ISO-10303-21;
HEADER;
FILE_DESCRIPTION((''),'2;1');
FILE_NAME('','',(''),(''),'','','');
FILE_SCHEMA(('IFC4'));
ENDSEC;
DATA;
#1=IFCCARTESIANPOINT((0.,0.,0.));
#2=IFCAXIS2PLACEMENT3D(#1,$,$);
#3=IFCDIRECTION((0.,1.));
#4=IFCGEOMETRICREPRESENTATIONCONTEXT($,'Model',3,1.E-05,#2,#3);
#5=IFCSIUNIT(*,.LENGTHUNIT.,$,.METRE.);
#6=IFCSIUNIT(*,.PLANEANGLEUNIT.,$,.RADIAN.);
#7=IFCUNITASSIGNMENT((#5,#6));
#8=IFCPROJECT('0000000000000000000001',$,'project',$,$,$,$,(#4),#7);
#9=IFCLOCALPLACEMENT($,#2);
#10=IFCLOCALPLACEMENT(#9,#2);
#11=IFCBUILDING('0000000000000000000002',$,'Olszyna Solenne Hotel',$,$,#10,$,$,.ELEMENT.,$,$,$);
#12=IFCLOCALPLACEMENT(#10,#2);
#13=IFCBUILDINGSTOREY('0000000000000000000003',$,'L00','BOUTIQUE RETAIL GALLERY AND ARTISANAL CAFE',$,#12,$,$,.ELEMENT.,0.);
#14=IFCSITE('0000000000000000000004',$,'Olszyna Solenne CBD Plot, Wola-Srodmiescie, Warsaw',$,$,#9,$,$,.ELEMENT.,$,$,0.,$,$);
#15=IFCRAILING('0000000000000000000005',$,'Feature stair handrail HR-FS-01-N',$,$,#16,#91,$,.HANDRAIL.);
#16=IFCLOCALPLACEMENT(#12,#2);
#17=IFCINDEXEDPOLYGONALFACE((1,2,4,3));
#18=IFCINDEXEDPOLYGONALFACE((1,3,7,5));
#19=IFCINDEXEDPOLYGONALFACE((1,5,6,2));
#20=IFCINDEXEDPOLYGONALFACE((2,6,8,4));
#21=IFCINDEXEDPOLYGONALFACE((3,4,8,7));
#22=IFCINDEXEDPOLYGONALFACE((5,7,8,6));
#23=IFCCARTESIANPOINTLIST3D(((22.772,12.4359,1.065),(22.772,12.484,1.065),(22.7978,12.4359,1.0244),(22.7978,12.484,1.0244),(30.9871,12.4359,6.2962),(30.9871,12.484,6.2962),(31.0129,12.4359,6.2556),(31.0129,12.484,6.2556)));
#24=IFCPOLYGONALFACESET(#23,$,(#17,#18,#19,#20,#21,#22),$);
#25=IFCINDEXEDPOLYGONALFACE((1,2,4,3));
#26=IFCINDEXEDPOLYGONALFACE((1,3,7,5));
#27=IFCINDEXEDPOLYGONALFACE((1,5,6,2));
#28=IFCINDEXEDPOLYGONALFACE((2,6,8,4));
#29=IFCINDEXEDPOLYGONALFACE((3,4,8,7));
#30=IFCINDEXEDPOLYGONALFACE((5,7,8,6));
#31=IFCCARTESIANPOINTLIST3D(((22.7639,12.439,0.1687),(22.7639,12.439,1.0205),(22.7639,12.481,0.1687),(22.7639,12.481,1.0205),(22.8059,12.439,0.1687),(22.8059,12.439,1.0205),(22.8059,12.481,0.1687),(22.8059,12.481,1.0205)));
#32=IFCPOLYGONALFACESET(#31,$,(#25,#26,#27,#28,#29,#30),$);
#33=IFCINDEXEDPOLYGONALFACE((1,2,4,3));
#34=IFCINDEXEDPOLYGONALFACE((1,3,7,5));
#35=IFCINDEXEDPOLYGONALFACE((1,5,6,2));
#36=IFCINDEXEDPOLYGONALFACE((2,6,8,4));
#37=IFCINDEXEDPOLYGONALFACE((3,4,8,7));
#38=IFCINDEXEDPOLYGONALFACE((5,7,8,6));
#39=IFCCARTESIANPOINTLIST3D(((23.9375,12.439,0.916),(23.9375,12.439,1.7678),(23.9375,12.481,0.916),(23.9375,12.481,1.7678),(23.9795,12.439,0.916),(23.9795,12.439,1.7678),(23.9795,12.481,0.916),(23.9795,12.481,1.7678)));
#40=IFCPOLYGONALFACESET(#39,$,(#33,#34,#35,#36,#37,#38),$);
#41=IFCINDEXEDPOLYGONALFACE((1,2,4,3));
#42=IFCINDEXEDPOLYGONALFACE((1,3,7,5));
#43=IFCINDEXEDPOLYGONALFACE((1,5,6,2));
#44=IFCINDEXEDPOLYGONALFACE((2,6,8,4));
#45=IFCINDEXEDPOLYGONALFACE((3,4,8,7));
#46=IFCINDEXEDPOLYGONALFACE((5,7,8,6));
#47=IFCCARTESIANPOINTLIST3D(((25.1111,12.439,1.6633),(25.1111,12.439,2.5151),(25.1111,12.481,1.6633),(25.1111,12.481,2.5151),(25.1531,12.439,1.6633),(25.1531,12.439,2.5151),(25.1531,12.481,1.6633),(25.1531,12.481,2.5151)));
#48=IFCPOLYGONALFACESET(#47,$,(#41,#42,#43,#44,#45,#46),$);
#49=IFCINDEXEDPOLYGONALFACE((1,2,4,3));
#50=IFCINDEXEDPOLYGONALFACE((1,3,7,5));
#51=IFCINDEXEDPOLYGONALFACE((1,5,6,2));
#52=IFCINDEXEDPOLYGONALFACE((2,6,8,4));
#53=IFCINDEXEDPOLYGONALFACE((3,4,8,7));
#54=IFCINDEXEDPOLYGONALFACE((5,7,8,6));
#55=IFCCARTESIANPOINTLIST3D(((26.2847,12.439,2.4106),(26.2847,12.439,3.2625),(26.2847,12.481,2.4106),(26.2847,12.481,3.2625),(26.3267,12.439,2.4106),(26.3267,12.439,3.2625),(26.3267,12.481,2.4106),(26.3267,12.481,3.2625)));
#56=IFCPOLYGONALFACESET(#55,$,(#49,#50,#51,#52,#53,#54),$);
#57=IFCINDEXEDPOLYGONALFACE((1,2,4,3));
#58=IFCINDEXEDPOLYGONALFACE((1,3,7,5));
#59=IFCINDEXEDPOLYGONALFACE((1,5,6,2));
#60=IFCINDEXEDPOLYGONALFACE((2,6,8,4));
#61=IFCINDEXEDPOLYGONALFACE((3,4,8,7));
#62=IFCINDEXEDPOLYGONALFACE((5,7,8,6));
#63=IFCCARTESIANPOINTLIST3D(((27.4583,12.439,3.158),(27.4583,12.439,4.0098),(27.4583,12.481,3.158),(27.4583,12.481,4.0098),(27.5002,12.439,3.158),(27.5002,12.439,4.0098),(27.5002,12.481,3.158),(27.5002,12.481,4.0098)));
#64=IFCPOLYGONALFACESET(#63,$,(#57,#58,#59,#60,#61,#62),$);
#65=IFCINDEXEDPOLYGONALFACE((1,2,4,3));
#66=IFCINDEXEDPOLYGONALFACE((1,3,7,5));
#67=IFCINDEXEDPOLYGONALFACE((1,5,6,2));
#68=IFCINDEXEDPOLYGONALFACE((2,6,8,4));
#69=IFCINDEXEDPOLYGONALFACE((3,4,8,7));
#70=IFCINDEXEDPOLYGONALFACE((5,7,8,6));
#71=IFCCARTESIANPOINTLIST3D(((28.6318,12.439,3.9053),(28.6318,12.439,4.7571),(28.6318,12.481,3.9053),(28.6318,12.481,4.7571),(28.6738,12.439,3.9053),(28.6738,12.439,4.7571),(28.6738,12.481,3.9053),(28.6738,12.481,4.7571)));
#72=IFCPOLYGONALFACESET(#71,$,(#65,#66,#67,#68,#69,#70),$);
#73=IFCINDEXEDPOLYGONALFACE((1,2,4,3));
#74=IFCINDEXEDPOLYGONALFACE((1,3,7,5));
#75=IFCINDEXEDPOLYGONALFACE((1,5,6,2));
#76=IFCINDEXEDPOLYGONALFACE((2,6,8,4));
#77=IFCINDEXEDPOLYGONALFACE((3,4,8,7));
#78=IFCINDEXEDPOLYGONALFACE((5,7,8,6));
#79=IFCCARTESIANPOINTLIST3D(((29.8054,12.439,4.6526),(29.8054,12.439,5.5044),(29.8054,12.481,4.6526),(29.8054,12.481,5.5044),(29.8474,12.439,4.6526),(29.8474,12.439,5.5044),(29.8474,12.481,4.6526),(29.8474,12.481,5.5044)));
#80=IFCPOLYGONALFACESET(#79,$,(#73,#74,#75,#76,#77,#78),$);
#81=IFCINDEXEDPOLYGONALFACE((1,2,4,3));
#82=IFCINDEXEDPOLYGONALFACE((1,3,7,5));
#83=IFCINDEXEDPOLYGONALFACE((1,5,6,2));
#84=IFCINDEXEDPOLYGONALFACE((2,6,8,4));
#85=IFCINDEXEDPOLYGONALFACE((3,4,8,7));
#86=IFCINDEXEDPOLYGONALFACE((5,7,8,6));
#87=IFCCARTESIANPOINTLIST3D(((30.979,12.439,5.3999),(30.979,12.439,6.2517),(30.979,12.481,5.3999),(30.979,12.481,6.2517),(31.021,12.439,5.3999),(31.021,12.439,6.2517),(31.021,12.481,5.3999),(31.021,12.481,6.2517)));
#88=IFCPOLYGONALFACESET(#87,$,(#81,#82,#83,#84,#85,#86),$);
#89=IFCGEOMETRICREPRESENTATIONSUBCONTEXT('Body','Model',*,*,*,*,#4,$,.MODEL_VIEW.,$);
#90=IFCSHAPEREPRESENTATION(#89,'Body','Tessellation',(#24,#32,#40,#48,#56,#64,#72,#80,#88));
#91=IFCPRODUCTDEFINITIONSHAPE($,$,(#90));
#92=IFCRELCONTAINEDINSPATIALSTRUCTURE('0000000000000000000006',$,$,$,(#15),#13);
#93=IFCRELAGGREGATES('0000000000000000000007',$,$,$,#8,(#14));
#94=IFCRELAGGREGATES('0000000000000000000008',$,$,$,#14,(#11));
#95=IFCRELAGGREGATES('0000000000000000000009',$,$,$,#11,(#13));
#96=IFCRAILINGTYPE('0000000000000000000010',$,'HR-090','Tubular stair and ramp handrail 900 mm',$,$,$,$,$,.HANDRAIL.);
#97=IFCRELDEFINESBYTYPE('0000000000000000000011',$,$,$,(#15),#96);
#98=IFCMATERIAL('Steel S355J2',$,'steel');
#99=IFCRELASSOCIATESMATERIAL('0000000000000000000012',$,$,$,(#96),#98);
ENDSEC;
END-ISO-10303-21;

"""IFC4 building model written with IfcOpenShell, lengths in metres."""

from ifc_helpers import new_model, si_unit, direction, frame, origin, origin_2d, place, context, subcontext, project, spatial, rectangle, extrude, material, type_object, element, save


model = new_model("IFC4")

# Units and contexts
model_context = context("Model", 3, precision=1e-05, world=origin(), true_north=direction((0.0, 1.0)))
body_context = subcontext(model_context, "Body", "Model", "MODEL_VIEW")
ifc_project = project(units=[si_unit("LENGTHUNIT", "METRE"), si_unit("PLANEANGLEUNIT", "RADIAN")], contexts=[model_context])

# Site, building, storey
site_placement = place(None, origin())
site = spatial("IfcSite", under=ifc_project, at=site_placement, Name="Olszyna Solenne CBD Plot, Wola-Srodmiescie, Warsaw", CompositionType="ELEMENT", RefElevation=0.0)
building_placement = place(site_placement, origin())
building = spatial("IfcBuilding", under=site, at=building_placement, Name="Olszyna Solenne Hotel", CompositionType="ELEMENT")
storey_placement = place(building_placement, origin())
storey = spatial("IfcBuildingStorey", under=building, at=storey_placement, Name="L00", Description="BOUTIQUE RETAIL GALLERY AND ARTISANAL CAFE", CompositionType="ELEMENT", Elevation=0.0)

# Shared definitions
ifc_material_1 = material(Name="Steel S355J2", Category="steel")

# Railing
railing_type = type_object("IfcRailingType", Name="HR-090", Description="Tubular stair and ramp handrail 900 mm", PredefinedType="HANDRAIL", material=ifc_material_1)
for number, where, name in (
    (1, (22.7849, 12.46, 0.1687), "Feature stair handrail HR-FS-01-N"),
):
    element("IfcRailing", number, at=place(storey_placement, frame(where)), inside=storey, type_object=railing_type, Name=name, PredefinedType="HANDRAIL", context=body_context, shape_type="SweptSolid", body=[
        extrude(rectangle(XDim=0.0481, YDim=0.0481, at=origin_2d()), frame((0.0, 0.0, 0.876), z_axis=(0.843502, 0.0, 0.537125), x_axis=(0.0, 1.0, 0.0)), (0.0, 0.0, 1.0), 9.7393),
        extrude(rectangle(XDim=0.042, YDim=0.042, at=origin_2d()), origin(), (0.0, 0.0, 1.0), 0.8518),
        extrude(rectangle(XDim=0.042, YDim=0.042, at=origin_2d()), frame((1.1736, 0.0, 0.7473)), (0.0, 0.0, 1.0), 0.8518),
        extrude(rectangle(XDim=0.042, YDim=0.042, at=origin_2d()), frame((2.3472, 0.0, 1.4946)), (0.0, 0.0, 1.0), 0.8518),
        extrude(rectangle(XDim=0.042, YDim=0.042, at=origin_2d()), frame((3.5208, 0.0, 2.2419)), (0.0, 0.0, 1.0), 0.8518),
        extrude(rectangle(XDim=0.042, YDim=0.042, at=origin_2d()), frame((4.6943, 0.0, 2.9893)), (0.0, 0.0, 1.0), 0.8518),
        extrude(rectangle(XDim=0.042, YDim=0.042, at=origin_2d()), frame((5.8679, 0.0, 3.7366)), (0.0, 0.0, 1.0), 0.8518),
        extrude(rectangle(XDim=0.042, YDim=0.042, at=origin_2d()), frame((7.0415, 0.0, 4.4839)), (0.0, 0.0, 1.0), 0.8518),
        extrude(rectangle(XDim=0.042, YDim=0.042, at=origin_2d()), frame((8.2151, 0.0, 5.2312)), (0.0, 0.0, 1.0), 0.8518),
    ])

save(model, "model.ifc")
